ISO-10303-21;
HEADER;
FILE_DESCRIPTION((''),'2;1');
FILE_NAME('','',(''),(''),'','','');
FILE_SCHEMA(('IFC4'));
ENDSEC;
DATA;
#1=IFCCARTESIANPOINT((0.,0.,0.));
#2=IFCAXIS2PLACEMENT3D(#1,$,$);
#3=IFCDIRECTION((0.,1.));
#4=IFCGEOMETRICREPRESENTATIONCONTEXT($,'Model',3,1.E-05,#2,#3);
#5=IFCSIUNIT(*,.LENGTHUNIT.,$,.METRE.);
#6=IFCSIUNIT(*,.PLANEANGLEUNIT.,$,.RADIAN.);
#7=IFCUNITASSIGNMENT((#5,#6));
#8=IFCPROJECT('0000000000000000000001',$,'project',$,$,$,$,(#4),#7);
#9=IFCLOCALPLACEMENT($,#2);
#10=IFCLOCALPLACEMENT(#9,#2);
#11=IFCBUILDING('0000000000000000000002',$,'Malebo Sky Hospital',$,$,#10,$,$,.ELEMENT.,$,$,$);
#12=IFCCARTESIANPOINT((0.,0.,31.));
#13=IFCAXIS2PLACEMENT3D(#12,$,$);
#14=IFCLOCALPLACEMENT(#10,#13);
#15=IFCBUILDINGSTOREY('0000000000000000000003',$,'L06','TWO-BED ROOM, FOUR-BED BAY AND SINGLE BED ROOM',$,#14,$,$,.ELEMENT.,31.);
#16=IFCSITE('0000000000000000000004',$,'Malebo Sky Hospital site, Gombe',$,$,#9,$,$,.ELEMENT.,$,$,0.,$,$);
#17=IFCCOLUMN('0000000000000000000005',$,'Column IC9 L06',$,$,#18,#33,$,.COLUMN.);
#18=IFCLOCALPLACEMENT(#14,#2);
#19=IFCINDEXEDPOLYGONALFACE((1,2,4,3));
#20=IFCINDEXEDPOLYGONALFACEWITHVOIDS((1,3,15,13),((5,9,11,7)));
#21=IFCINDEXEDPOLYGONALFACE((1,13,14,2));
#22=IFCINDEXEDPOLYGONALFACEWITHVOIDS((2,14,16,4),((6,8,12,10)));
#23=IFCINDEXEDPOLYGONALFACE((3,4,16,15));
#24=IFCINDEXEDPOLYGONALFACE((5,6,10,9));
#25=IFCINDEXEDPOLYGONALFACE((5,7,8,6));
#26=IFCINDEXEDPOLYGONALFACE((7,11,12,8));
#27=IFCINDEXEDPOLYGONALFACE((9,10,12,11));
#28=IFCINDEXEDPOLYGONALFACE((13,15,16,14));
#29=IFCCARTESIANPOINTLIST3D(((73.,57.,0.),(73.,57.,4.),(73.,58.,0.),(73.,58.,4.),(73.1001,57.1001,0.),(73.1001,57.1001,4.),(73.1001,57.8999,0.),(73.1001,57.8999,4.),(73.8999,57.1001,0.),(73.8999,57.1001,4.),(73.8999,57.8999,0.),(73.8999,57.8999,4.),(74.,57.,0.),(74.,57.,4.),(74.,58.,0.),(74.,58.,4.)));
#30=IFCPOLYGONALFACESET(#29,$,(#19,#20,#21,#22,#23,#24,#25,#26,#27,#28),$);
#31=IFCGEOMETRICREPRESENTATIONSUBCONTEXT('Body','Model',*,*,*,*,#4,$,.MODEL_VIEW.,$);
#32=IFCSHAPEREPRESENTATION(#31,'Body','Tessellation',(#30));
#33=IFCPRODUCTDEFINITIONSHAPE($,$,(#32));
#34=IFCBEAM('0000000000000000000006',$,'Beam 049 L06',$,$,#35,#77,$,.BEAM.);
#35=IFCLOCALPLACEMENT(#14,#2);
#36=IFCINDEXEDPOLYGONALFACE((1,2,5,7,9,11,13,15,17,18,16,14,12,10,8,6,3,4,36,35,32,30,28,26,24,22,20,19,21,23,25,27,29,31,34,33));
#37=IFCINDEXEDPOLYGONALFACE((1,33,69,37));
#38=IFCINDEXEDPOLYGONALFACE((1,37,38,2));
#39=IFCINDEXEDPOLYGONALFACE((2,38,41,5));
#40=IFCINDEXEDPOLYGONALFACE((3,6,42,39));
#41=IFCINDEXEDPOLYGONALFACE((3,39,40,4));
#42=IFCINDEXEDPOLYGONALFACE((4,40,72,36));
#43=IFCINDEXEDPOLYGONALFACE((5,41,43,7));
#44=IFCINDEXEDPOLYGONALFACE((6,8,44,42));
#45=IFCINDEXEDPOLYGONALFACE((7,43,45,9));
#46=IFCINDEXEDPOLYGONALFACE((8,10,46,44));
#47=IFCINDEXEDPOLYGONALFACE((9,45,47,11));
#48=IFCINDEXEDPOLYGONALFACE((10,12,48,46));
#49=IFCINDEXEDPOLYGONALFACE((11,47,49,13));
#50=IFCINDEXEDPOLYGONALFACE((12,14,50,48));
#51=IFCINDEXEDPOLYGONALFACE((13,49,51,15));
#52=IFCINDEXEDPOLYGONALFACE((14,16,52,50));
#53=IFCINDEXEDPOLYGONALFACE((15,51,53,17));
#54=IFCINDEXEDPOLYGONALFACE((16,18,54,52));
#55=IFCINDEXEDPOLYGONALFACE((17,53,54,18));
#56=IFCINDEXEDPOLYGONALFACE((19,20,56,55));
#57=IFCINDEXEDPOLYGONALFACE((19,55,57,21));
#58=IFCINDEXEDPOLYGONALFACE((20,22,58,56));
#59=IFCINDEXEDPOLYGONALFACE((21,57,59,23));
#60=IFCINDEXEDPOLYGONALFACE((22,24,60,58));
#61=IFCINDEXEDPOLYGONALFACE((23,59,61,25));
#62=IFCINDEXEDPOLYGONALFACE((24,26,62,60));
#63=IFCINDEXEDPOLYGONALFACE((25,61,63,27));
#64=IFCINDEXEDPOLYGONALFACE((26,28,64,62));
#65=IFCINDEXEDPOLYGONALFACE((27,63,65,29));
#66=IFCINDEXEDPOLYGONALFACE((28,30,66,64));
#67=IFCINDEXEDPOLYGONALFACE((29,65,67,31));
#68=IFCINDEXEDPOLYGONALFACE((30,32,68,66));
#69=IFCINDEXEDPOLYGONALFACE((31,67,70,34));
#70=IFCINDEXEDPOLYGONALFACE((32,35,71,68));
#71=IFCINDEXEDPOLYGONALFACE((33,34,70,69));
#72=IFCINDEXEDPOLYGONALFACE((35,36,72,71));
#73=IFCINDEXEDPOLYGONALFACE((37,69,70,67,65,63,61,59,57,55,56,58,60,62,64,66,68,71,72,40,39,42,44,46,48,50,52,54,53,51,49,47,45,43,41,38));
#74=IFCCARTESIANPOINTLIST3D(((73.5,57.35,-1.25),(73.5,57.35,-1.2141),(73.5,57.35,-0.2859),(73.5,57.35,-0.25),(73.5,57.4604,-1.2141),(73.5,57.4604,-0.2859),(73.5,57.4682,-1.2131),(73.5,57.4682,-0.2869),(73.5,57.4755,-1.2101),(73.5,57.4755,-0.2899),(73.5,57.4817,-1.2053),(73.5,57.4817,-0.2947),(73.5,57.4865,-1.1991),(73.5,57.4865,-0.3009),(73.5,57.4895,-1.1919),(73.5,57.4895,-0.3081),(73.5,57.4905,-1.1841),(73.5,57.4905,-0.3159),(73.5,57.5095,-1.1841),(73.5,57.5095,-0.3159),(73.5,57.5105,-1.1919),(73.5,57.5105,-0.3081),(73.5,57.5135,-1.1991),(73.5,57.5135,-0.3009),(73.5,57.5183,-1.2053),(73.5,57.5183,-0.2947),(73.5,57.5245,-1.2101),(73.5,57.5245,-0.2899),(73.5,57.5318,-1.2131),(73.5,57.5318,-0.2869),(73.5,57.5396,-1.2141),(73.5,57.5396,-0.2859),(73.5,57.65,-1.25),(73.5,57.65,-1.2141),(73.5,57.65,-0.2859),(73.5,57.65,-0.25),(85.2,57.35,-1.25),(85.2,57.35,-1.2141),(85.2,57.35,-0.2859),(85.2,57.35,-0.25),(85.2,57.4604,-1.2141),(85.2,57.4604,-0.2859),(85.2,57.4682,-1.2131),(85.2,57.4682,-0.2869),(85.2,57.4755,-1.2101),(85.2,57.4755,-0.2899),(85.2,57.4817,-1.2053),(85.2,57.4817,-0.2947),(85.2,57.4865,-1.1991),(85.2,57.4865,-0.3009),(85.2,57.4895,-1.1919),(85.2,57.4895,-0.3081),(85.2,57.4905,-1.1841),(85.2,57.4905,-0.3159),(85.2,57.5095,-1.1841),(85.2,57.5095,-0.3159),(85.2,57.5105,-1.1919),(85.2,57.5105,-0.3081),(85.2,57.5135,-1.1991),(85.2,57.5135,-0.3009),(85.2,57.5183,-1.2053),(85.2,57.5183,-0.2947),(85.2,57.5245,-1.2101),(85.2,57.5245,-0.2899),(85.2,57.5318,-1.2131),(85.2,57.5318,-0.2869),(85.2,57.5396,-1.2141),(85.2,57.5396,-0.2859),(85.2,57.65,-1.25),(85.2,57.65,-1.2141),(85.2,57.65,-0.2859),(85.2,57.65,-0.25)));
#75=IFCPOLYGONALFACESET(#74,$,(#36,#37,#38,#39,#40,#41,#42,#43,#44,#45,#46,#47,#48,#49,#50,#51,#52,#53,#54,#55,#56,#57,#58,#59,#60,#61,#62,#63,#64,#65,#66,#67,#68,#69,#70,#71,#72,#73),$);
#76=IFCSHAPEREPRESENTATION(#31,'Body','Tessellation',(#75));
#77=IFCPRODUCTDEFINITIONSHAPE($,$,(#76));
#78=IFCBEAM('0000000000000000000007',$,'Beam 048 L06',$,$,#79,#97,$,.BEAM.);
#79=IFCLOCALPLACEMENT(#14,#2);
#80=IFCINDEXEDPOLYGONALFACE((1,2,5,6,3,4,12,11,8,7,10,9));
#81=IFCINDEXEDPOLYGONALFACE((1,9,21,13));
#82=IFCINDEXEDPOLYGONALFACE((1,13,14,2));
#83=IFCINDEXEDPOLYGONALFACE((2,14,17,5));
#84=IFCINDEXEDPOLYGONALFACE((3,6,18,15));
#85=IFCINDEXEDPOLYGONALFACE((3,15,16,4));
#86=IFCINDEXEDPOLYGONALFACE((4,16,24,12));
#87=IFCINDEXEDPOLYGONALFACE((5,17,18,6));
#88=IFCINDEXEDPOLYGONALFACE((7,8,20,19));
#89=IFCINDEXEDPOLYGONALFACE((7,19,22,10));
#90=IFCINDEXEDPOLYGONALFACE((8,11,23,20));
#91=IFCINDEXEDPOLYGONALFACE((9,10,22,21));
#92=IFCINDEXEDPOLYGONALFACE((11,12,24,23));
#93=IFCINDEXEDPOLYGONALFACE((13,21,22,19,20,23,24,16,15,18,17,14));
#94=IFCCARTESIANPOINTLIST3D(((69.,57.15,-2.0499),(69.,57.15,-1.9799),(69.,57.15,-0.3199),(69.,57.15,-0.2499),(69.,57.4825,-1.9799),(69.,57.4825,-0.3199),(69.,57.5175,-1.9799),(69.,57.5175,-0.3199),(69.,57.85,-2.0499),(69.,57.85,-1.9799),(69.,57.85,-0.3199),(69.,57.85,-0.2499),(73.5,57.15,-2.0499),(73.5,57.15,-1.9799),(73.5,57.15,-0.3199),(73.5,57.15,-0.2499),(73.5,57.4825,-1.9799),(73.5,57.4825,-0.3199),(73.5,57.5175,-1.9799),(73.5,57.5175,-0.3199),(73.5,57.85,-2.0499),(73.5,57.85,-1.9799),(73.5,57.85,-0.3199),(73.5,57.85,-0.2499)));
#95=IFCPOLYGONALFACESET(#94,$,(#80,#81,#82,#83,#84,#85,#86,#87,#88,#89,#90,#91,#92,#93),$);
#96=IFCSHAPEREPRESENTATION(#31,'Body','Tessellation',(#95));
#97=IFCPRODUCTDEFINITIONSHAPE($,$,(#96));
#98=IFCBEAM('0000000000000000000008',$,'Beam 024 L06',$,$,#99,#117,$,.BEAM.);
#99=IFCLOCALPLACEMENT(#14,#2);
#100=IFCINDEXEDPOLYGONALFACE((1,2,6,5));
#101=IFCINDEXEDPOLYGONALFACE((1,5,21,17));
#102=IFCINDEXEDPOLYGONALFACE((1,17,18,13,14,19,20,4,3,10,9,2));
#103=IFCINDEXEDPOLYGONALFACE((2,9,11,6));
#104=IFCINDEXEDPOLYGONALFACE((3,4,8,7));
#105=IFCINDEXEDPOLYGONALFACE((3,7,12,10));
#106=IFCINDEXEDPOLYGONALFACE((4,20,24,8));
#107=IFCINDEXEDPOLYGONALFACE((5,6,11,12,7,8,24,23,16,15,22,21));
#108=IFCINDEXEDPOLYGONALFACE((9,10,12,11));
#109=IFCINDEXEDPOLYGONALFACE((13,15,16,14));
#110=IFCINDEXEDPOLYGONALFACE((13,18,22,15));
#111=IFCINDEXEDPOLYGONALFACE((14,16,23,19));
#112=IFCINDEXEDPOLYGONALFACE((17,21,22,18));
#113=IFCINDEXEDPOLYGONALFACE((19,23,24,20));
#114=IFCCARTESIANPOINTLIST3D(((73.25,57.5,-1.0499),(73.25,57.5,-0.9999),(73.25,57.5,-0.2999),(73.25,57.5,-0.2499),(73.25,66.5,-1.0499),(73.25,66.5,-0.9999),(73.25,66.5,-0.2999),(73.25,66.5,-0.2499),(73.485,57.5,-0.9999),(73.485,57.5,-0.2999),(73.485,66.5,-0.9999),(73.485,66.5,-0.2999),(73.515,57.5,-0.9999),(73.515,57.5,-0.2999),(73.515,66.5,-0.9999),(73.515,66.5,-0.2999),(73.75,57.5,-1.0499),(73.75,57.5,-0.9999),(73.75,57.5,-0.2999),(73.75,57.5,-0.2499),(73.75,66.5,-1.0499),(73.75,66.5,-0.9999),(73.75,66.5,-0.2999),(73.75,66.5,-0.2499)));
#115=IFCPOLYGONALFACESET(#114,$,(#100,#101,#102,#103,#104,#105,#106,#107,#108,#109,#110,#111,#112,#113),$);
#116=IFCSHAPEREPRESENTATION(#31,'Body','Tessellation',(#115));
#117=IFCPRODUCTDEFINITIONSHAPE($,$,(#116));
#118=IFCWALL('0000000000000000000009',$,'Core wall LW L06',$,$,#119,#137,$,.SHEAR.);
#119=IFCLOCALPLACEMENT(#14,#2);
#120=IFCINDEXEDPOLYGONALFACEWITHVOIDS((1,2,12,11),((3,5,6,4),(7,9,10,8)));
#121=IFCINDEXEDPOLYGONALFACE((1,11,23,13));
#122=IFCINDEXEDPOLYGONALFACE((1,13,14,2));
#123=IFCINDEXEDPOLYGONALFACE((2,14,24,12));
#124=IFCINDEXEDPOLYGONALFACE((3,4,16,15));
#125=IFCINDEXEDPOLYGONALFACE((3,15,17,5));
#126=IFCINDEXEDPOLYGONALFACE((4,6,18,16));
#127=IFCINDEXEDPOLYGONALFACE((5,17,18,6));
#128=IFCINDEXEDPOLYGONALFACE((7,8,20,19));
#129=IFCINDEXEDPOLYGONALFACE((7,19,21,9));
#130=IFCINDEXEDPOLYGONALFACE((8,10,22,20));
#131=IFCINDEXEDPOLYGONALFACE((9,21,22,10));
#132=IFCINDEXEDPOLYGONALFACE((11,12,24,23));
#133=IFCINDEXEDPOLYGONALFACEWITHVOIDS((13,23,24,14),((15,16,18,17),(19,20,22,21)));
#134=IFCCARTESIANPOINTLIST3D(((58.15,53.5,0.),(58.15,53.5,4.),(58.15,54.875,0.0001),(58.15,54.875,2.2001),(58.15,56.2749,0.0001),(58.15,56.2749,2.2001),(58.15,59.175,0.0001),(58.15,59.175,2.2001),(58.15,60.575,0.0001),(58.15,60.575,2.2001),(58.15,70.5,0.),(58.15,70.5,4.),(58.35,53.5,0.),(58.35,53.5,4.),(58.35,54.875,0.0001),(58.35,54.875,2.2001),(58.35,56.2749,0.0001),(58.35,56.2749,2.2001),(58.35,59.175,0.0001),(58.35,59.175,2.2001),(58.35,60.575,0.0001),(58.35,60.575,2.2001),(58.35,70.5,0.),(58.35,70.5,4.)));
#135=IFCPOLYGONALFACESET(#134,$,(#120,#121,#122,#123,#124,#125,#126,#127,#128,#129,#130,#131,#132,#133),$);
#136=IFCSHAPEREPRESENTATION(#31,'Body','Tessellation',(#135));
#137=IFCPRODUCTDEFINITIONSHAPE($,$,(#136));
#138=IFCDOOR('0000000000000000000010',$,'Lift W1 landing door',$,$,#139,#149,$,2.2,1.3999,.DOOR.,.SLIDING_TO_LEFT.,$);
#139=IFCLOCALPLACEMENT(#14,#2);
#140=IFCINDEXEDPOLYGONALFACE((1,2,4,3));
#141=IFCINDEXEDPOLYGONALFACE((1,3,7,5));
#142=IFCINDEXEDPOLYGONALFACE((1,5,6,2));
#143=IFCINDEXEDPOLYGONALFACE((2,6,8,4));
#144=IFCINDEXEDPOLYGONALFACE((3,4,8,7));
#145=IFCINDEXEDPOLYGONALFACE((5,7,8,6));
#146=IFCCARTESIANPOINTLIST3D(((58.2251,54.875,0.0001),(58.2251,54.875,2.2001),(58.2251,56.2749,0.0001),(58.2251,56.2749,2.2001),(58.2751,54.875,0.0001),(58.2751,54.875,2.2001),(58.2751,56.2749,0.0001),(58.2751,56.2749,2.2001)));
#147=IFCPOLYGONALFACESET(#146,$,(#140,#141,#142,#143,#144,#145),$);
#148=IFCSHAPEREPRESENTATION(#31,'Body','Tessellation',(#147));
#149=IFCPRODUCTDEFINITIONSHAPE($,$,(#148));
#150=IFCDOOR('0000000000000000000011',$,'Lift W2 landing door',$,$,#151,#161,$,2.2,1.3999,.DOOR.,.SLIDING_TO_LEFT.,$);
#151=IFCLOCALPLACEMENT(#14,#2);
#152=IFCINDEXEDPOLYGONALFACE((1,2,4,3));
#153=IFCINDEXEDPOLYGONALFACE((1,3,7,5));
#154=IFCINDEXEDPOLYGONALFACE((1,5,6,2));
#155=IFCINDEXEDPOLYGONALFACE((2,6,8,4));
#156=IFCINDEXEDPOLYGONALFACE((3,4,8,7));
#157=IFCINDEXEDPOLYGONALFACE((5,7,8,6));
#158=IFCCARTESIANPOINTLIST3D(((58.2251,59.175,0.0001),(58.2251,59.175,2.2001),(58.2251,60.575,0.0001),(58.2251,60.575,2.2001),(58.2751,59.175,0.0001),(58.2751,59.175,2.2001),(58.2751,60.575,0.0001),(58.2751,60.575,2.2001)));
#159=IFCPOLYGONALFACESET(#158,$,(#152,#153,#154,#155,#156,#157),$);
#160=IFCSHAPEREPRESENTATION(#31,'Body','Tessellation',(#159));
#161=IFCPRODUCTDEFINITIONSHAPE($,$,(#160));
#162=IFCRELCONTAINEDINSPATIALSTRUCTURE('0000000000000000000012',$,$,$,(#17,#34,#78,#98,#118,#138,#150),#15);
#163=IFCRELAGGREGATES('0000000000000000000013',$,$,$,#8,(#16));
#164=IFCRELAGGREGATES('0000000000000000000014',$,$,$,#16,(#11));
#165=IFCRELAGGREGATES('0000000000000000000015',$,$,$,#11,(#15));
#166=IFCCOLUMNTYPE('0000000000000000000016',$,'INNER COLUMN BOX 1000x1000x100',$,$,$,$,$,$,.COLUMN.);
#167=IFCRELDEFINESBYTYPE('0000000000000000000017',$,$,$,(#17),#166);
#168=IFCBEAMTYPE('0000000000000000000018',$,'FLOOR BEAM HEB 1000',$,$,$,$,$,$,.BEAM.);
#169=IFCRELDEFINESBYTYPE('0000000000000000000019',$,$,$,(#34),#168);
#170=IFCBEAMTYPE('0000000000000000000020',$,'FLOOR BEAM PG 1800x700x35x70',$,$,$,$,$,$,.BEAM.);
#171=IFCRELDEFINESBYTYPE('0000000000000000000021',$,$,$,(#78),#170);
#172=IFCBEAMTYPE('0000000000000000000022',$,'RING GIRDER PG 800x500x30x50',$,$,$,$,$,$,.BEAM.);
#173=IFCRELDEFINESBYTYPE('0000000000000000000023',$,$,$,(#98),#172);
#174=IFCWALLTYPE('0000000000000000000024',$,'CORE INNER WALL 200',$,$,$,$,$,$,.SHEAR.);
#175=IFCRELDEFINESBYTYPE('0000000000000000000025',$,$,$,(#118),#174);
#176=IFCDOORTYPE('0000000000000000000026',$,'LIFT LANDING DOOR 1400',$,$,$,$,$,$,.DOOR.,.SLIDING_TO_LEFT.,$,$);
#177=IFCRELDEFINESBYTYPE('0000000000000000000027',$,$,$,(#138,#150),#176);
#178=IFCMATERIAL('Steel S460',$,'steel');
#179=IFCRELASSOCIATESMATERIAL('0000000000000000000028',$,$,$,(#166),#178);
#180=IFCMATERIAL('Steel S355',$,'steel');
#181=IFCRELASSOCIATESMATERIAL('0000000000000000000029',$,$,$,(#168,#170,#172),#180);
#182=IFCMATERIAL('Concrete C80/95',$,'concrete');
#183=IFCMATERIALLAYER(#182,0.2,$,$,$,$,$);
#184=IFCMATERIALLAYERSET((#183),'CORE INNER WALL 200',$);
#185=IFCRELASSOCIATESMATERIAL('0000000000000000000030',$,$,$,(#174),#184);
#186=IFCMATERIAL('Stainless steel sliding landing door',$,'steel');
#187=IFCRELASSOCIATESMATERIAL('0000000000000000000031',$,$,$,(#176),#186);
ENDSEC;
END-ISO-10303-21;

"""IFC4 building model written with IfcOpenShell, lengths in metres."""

from ifc_helpers import new_model, si_unit, direction, frame, frame_2d, origin, origin_2d, place, context, subcontext, project, spatial, rectangle, hollow_rectangle, i_section, extrude, material, layer, layer_set, material_profile, profile_set, type_object, element, fill, save


model = new_model("IFC4")

# Units and contexts
model_context = context("Model", 3, precision=1e-05, world=origin(), true_north=direction((0.0, 1.0)))
body_context = subcontext(model_context, "Body", "Model", "MODEL_VIEW")
ifc_project = project(units=[si_unit("LENGTHUNIT", "METRE"), si_unit("PLANEANGLEUNIT", "RADIAN")], contexts=[model_context])

# Site, building, storey
site_placement = place(None, origin())
site = spatial("IfcSite", under=ifc_project, at=site_placement, Name="Malebo Sky Hospital site, Gombe", CompositionType="ELEMENT", RefElevation=0.0)
building_placement = place(site_placement, origin())
building = spatial("IfcBuilding", under=site, at=building_placement, Name="Malebo Sky Hospital", CompositionType="ELEMENT")
storey_placement = place(building_placement, frame((0.0, 0.0, 31.0)))
storey = spatial("IfcBuildingStorey", under=building, at=storey_placement, Name="L06", Description="TWO-BED ROOM, FOUR-BED BAY AND SINGLE BED ROOM", CompositionType="ELEMENT", Elevation=31.0)

# Column
ifc_material_1 = material(Name="Steel S460", Category="steel")
ifc_material_profile_1 = material_profile(ifc_material_1, hollow_rectangle(XDim=1.0, YDim=1.0, WallThickness=0.1001, at=origin_2d()), Name="BOX 1000x1000x100")
ifc_profile_set_1 = profile_set([ifc_material_profile_1], Name="Steel S460")
column_type = type_object("IfcColumnType", Name="INNER COLUMN BOX 1000x1000x100", PredefinedType="COLUMN", material=ifc_profile_set_1)
column_placement = place(storey_placement, frame((73.5, 57.5, 0.0), z_axis=(0.0, 0.0, 1.0), x_axis=(1.0, 0.0, 0.0)))
element("IfcColumn", 1, at=column_placement, inside=storey, type_object=column_type, Name="Column IC9 L06", PredefinedType="COLUMN", context=body_context, shape_type="SweptSolid", body=[
    extrude(hollow_rectangle(XDim=1.0, YDim=1.0, WallThickness=0.1001, at=origin_2d()), origin(), (0.0, 0.0, 1.0), 4.0),
])

# Beams
ifc_material_2 = material(Name="Steel S355", Category="steel")
ifc_material_profile_2 = material_profile(ifc_material_2, i_section(OverallWidth=0.3, OverallDepth=1.0, WebThickness=0.019, FlangeThickness=0.0359, FilletRadius=0.03, at=origin_2d()), Name="HEB 1000")
ifc_profile_set_2 = profile_set([ifc_material_profile_2], Name="Steel S355")
beam_type_1 = type_object("IfcBeamType", Name="FLOOR BEAM HEB 1000", PredefinedType="BEAM", material=ifc_profile_set_2)
beam_1_placement = place(storey_placement, frame((73.5, 57.5, -0.75), z_axis=(1.0, 0.0, 0.0), x_axis=(0.0, 1.0, 0.0)))
element("IfcBeam", 2, at=beam_1_placement, inside=storey, type_object=beam_type_1, Name="Beam 049 L06", PredefinedType="BEAM", context=body_context, shape_type="SweptSolid", body=[
    extrude(i_section(OverallWidth=0.3, OverallDepth=1.0, WebThickness=0.019, FlangeThickness=0.0359, FilletRadius=0.03, at=origin_2d()), origin(), (0.0, 0.0, 1.0), 11.7),
])
ifc_material_profile_3 = material_profile(ifc_material_2, i_section(OverallWidth=0.7, OverallDepth=1.8, WebThickness=0.0349, FlangeThickness=0.0701, at=origin_2d()), Name="PG 1800x700x35x70")
ifc_profile_set_3 = profile_set([ifc_material_profile_3], Name="Steel S355")
beam_type_2 = type_object("IfcBeamType", Name="FLOOR BEAM PG 1800x700x35x70", PredefinedType="BEAM", material=ifc_profile_set_3)
beam_2_placement = place(storey_placement, frame((69.0, 57.5, -1.1499), z_axis=(1.0, 0.0, 0.0), x_axis=(0.0, 1.0, 0.0)))
element("IfcBeam", 3, at=beam_2_placement, inside=storey, type_object=beam_type_2, Name="Beam 048 L06", PredefinedType="BEAM", context=body_context, shape_type="SweptSolid", body=[
    extrude(i_section(OverallWidth=0.7, OverallDepth=1.8, WebThickness=0.0349, FlangeThickness=0.0701, at=origin_2d()), origin(), (0.0, 0.0, 1.0), 4.5),
])
ifc_material_profile_4 = material_profile(ifc_material_2, i_section(OverallWidth=0.5, OverallDepth=0.8, WebThickness=0.03, FlangeThickness=0.05, at=origin_2d()), Name="PG 800x500x30x50")
ifc_profile_set_4 = profile_set([ifc_material_profile_4], Name="Steel S355")
beam_type_3 = type_object("IfcBeamType", Name="RING GIRDER PG 800x500x30x50", PredefinedType="BEAM", material=ifc_profile_set_4)
beam_3_placement = place(storey_placement, frame((73.5, 57.5, -0.6499), z_axis=(0.0, 1.0, 0.0), x_axis=(-1.0, 0.0, 0.0)))
element("IfcBeam", 4, at=beam_3_placement, inside=storey, type_object=beam_type_3, Name="Beam 024 L06", PredefinedType="BEAM", context=body_context, shape_type="SweptSolid", body=[
    extrude(i_section(OverallWidth=0.5, OverallDepth=0.8, WebThickness=0.03, FlangeThickness=0.05, at=origin_2d()), origin(), (0.0, 0.0, 1.0), 9.0),
])

# Wall, openings, doors
ifc_material_3 = material(Name="Concrete C80/95", Category="concrete")
ifc_layer_1 = layer(ifc_material_3, 0.2)
ifc_layer_set_1 = layer_set([ifc_layer_1], Name="CORE INNER WALL 200")
wall_type_1 = type_object("IfcWallType", Name="CORE INNER WALL 200", PredefinedType="SHEAR", material=ifc_layer_set_1)
wall_1_placement = place(storey_placement, frame((58.25, 53.5, 0.0), z_axis=(0.0, 0.0, 1.0), x_axis=(0.0, 1.0, 0.0)))
wall_1 = element("IfcWall", 5, at=wall_1_placement, inside=storey, type_object=wall_type_1, Name="Core wall LW L06", PredefinedType="SHEAR", context=body_context, shape_type="SweptSolid", body=[
    extrude(rectangle(XDim=17.0, YDim=0.2, at=frame_2d((8.5, 0.0))), origin(), (0.0, 0.0, 1.0), 4.0),
])
opening_1_placement = place(wall_1_placement, frame((1.375, 0.0, 0.0)))
opening_1 = element("IfcOpeningElement", 6, at=opening_1_placement, cuts=wall_1, PredefinedType="OPENING", context=body_context, shape_type="SweptSolid", body=[
    extrude(rectangle(XDim=1.3999, YDim=2.2, at=frame_2d((0.7, 1.1001))), frame((0.0, 0.1099, 0.0), z_axis=(0.0, -1.0, 0.0), x_axis=(1.0, 0.0, 0.0)), (0.0, 0.0, 1.0), 0.22),
])
opening_2_placement = place(wall_1_placement, frame((5.675, 0.0, 0.0)))
opening_2 = element("IfcOpeningElement", 7, at=opening_2_placement, cuts=wall_1, PredefinedType="OPENING", context=body_context, shape_type="SweptSolid", body=[
    extrude(rectangle(XDim=1.3999, YDim=2.2, at=frame_2d((0.7, 1.1001))), frame((0.0, 0.1099, 0.0), z_axis=(0.0, -1.0, 0.0), x_axis=(1.0, 0.0, 0.0)), (0.0, 0.0, 1.0), 0.22),
])
ifc_material_4 = material(Name="Stainless steel sliding landing door", Category="steel")
door_type_1 = type_object("IfcDoorType", Name="LIFT LANDING DOOR 1400", OperationType="SLIDING_TO_LEFT", PredefinedType="DOOR", material=ifc_material_4)
door_1_placement = place(opening_1_placement, origin())
door_1 = element("IfcDoor", 8, at=door_1_placement, inside=storey, type_object=door_type_1, Name="Lift W1 landing door", OperationType="SLIDING_TO_LEFT", OverallHeight=2.2, OverallWidth=1.3999, PredefinedType="DOOR", context=body_context, shape_type="SweptSolid", body=[
    extrude(rectangle(XDim=1.3999, YDim=2.2, at=frame_2d((0.7, 1.1001))), frame((0.0, 0.0249, 0.0), z_axis=(0.0, -1.0, 0.0), x_axis=(1.0, 0.0, 0.0)), (0.0, 0.0, 1.0), 0.05),
])
fill(opening_1, door_1)
door_2_placement = place(opening_2_placement, origin())
door_2 = element("IfcDoor", 9, at=door_2_placement, inside=storey, type_object=door_type_1, Name="Lift W2 landing door", OperationType="SLIDING_TO_LEFT", OverallHeight=2.2, OverallWidth=1.3999, PredefinedType="DOOR", context=body_context, shape_type="SweptSolid", body=[
    extrude(rectangle(XDim=1.3999, YDim=2.2, at=frame_2d((0.7, 1.1001))), frame((0.0, 0.0249, 0.0), z_axis=(0.0, -1.0, 0.0), x_axis=(1.0, 0.0, 0.0)), (0.0, 0.0, 1.0), 0.05),
])
fill(opening_2, door_2)

save(model, "model.ifc")
